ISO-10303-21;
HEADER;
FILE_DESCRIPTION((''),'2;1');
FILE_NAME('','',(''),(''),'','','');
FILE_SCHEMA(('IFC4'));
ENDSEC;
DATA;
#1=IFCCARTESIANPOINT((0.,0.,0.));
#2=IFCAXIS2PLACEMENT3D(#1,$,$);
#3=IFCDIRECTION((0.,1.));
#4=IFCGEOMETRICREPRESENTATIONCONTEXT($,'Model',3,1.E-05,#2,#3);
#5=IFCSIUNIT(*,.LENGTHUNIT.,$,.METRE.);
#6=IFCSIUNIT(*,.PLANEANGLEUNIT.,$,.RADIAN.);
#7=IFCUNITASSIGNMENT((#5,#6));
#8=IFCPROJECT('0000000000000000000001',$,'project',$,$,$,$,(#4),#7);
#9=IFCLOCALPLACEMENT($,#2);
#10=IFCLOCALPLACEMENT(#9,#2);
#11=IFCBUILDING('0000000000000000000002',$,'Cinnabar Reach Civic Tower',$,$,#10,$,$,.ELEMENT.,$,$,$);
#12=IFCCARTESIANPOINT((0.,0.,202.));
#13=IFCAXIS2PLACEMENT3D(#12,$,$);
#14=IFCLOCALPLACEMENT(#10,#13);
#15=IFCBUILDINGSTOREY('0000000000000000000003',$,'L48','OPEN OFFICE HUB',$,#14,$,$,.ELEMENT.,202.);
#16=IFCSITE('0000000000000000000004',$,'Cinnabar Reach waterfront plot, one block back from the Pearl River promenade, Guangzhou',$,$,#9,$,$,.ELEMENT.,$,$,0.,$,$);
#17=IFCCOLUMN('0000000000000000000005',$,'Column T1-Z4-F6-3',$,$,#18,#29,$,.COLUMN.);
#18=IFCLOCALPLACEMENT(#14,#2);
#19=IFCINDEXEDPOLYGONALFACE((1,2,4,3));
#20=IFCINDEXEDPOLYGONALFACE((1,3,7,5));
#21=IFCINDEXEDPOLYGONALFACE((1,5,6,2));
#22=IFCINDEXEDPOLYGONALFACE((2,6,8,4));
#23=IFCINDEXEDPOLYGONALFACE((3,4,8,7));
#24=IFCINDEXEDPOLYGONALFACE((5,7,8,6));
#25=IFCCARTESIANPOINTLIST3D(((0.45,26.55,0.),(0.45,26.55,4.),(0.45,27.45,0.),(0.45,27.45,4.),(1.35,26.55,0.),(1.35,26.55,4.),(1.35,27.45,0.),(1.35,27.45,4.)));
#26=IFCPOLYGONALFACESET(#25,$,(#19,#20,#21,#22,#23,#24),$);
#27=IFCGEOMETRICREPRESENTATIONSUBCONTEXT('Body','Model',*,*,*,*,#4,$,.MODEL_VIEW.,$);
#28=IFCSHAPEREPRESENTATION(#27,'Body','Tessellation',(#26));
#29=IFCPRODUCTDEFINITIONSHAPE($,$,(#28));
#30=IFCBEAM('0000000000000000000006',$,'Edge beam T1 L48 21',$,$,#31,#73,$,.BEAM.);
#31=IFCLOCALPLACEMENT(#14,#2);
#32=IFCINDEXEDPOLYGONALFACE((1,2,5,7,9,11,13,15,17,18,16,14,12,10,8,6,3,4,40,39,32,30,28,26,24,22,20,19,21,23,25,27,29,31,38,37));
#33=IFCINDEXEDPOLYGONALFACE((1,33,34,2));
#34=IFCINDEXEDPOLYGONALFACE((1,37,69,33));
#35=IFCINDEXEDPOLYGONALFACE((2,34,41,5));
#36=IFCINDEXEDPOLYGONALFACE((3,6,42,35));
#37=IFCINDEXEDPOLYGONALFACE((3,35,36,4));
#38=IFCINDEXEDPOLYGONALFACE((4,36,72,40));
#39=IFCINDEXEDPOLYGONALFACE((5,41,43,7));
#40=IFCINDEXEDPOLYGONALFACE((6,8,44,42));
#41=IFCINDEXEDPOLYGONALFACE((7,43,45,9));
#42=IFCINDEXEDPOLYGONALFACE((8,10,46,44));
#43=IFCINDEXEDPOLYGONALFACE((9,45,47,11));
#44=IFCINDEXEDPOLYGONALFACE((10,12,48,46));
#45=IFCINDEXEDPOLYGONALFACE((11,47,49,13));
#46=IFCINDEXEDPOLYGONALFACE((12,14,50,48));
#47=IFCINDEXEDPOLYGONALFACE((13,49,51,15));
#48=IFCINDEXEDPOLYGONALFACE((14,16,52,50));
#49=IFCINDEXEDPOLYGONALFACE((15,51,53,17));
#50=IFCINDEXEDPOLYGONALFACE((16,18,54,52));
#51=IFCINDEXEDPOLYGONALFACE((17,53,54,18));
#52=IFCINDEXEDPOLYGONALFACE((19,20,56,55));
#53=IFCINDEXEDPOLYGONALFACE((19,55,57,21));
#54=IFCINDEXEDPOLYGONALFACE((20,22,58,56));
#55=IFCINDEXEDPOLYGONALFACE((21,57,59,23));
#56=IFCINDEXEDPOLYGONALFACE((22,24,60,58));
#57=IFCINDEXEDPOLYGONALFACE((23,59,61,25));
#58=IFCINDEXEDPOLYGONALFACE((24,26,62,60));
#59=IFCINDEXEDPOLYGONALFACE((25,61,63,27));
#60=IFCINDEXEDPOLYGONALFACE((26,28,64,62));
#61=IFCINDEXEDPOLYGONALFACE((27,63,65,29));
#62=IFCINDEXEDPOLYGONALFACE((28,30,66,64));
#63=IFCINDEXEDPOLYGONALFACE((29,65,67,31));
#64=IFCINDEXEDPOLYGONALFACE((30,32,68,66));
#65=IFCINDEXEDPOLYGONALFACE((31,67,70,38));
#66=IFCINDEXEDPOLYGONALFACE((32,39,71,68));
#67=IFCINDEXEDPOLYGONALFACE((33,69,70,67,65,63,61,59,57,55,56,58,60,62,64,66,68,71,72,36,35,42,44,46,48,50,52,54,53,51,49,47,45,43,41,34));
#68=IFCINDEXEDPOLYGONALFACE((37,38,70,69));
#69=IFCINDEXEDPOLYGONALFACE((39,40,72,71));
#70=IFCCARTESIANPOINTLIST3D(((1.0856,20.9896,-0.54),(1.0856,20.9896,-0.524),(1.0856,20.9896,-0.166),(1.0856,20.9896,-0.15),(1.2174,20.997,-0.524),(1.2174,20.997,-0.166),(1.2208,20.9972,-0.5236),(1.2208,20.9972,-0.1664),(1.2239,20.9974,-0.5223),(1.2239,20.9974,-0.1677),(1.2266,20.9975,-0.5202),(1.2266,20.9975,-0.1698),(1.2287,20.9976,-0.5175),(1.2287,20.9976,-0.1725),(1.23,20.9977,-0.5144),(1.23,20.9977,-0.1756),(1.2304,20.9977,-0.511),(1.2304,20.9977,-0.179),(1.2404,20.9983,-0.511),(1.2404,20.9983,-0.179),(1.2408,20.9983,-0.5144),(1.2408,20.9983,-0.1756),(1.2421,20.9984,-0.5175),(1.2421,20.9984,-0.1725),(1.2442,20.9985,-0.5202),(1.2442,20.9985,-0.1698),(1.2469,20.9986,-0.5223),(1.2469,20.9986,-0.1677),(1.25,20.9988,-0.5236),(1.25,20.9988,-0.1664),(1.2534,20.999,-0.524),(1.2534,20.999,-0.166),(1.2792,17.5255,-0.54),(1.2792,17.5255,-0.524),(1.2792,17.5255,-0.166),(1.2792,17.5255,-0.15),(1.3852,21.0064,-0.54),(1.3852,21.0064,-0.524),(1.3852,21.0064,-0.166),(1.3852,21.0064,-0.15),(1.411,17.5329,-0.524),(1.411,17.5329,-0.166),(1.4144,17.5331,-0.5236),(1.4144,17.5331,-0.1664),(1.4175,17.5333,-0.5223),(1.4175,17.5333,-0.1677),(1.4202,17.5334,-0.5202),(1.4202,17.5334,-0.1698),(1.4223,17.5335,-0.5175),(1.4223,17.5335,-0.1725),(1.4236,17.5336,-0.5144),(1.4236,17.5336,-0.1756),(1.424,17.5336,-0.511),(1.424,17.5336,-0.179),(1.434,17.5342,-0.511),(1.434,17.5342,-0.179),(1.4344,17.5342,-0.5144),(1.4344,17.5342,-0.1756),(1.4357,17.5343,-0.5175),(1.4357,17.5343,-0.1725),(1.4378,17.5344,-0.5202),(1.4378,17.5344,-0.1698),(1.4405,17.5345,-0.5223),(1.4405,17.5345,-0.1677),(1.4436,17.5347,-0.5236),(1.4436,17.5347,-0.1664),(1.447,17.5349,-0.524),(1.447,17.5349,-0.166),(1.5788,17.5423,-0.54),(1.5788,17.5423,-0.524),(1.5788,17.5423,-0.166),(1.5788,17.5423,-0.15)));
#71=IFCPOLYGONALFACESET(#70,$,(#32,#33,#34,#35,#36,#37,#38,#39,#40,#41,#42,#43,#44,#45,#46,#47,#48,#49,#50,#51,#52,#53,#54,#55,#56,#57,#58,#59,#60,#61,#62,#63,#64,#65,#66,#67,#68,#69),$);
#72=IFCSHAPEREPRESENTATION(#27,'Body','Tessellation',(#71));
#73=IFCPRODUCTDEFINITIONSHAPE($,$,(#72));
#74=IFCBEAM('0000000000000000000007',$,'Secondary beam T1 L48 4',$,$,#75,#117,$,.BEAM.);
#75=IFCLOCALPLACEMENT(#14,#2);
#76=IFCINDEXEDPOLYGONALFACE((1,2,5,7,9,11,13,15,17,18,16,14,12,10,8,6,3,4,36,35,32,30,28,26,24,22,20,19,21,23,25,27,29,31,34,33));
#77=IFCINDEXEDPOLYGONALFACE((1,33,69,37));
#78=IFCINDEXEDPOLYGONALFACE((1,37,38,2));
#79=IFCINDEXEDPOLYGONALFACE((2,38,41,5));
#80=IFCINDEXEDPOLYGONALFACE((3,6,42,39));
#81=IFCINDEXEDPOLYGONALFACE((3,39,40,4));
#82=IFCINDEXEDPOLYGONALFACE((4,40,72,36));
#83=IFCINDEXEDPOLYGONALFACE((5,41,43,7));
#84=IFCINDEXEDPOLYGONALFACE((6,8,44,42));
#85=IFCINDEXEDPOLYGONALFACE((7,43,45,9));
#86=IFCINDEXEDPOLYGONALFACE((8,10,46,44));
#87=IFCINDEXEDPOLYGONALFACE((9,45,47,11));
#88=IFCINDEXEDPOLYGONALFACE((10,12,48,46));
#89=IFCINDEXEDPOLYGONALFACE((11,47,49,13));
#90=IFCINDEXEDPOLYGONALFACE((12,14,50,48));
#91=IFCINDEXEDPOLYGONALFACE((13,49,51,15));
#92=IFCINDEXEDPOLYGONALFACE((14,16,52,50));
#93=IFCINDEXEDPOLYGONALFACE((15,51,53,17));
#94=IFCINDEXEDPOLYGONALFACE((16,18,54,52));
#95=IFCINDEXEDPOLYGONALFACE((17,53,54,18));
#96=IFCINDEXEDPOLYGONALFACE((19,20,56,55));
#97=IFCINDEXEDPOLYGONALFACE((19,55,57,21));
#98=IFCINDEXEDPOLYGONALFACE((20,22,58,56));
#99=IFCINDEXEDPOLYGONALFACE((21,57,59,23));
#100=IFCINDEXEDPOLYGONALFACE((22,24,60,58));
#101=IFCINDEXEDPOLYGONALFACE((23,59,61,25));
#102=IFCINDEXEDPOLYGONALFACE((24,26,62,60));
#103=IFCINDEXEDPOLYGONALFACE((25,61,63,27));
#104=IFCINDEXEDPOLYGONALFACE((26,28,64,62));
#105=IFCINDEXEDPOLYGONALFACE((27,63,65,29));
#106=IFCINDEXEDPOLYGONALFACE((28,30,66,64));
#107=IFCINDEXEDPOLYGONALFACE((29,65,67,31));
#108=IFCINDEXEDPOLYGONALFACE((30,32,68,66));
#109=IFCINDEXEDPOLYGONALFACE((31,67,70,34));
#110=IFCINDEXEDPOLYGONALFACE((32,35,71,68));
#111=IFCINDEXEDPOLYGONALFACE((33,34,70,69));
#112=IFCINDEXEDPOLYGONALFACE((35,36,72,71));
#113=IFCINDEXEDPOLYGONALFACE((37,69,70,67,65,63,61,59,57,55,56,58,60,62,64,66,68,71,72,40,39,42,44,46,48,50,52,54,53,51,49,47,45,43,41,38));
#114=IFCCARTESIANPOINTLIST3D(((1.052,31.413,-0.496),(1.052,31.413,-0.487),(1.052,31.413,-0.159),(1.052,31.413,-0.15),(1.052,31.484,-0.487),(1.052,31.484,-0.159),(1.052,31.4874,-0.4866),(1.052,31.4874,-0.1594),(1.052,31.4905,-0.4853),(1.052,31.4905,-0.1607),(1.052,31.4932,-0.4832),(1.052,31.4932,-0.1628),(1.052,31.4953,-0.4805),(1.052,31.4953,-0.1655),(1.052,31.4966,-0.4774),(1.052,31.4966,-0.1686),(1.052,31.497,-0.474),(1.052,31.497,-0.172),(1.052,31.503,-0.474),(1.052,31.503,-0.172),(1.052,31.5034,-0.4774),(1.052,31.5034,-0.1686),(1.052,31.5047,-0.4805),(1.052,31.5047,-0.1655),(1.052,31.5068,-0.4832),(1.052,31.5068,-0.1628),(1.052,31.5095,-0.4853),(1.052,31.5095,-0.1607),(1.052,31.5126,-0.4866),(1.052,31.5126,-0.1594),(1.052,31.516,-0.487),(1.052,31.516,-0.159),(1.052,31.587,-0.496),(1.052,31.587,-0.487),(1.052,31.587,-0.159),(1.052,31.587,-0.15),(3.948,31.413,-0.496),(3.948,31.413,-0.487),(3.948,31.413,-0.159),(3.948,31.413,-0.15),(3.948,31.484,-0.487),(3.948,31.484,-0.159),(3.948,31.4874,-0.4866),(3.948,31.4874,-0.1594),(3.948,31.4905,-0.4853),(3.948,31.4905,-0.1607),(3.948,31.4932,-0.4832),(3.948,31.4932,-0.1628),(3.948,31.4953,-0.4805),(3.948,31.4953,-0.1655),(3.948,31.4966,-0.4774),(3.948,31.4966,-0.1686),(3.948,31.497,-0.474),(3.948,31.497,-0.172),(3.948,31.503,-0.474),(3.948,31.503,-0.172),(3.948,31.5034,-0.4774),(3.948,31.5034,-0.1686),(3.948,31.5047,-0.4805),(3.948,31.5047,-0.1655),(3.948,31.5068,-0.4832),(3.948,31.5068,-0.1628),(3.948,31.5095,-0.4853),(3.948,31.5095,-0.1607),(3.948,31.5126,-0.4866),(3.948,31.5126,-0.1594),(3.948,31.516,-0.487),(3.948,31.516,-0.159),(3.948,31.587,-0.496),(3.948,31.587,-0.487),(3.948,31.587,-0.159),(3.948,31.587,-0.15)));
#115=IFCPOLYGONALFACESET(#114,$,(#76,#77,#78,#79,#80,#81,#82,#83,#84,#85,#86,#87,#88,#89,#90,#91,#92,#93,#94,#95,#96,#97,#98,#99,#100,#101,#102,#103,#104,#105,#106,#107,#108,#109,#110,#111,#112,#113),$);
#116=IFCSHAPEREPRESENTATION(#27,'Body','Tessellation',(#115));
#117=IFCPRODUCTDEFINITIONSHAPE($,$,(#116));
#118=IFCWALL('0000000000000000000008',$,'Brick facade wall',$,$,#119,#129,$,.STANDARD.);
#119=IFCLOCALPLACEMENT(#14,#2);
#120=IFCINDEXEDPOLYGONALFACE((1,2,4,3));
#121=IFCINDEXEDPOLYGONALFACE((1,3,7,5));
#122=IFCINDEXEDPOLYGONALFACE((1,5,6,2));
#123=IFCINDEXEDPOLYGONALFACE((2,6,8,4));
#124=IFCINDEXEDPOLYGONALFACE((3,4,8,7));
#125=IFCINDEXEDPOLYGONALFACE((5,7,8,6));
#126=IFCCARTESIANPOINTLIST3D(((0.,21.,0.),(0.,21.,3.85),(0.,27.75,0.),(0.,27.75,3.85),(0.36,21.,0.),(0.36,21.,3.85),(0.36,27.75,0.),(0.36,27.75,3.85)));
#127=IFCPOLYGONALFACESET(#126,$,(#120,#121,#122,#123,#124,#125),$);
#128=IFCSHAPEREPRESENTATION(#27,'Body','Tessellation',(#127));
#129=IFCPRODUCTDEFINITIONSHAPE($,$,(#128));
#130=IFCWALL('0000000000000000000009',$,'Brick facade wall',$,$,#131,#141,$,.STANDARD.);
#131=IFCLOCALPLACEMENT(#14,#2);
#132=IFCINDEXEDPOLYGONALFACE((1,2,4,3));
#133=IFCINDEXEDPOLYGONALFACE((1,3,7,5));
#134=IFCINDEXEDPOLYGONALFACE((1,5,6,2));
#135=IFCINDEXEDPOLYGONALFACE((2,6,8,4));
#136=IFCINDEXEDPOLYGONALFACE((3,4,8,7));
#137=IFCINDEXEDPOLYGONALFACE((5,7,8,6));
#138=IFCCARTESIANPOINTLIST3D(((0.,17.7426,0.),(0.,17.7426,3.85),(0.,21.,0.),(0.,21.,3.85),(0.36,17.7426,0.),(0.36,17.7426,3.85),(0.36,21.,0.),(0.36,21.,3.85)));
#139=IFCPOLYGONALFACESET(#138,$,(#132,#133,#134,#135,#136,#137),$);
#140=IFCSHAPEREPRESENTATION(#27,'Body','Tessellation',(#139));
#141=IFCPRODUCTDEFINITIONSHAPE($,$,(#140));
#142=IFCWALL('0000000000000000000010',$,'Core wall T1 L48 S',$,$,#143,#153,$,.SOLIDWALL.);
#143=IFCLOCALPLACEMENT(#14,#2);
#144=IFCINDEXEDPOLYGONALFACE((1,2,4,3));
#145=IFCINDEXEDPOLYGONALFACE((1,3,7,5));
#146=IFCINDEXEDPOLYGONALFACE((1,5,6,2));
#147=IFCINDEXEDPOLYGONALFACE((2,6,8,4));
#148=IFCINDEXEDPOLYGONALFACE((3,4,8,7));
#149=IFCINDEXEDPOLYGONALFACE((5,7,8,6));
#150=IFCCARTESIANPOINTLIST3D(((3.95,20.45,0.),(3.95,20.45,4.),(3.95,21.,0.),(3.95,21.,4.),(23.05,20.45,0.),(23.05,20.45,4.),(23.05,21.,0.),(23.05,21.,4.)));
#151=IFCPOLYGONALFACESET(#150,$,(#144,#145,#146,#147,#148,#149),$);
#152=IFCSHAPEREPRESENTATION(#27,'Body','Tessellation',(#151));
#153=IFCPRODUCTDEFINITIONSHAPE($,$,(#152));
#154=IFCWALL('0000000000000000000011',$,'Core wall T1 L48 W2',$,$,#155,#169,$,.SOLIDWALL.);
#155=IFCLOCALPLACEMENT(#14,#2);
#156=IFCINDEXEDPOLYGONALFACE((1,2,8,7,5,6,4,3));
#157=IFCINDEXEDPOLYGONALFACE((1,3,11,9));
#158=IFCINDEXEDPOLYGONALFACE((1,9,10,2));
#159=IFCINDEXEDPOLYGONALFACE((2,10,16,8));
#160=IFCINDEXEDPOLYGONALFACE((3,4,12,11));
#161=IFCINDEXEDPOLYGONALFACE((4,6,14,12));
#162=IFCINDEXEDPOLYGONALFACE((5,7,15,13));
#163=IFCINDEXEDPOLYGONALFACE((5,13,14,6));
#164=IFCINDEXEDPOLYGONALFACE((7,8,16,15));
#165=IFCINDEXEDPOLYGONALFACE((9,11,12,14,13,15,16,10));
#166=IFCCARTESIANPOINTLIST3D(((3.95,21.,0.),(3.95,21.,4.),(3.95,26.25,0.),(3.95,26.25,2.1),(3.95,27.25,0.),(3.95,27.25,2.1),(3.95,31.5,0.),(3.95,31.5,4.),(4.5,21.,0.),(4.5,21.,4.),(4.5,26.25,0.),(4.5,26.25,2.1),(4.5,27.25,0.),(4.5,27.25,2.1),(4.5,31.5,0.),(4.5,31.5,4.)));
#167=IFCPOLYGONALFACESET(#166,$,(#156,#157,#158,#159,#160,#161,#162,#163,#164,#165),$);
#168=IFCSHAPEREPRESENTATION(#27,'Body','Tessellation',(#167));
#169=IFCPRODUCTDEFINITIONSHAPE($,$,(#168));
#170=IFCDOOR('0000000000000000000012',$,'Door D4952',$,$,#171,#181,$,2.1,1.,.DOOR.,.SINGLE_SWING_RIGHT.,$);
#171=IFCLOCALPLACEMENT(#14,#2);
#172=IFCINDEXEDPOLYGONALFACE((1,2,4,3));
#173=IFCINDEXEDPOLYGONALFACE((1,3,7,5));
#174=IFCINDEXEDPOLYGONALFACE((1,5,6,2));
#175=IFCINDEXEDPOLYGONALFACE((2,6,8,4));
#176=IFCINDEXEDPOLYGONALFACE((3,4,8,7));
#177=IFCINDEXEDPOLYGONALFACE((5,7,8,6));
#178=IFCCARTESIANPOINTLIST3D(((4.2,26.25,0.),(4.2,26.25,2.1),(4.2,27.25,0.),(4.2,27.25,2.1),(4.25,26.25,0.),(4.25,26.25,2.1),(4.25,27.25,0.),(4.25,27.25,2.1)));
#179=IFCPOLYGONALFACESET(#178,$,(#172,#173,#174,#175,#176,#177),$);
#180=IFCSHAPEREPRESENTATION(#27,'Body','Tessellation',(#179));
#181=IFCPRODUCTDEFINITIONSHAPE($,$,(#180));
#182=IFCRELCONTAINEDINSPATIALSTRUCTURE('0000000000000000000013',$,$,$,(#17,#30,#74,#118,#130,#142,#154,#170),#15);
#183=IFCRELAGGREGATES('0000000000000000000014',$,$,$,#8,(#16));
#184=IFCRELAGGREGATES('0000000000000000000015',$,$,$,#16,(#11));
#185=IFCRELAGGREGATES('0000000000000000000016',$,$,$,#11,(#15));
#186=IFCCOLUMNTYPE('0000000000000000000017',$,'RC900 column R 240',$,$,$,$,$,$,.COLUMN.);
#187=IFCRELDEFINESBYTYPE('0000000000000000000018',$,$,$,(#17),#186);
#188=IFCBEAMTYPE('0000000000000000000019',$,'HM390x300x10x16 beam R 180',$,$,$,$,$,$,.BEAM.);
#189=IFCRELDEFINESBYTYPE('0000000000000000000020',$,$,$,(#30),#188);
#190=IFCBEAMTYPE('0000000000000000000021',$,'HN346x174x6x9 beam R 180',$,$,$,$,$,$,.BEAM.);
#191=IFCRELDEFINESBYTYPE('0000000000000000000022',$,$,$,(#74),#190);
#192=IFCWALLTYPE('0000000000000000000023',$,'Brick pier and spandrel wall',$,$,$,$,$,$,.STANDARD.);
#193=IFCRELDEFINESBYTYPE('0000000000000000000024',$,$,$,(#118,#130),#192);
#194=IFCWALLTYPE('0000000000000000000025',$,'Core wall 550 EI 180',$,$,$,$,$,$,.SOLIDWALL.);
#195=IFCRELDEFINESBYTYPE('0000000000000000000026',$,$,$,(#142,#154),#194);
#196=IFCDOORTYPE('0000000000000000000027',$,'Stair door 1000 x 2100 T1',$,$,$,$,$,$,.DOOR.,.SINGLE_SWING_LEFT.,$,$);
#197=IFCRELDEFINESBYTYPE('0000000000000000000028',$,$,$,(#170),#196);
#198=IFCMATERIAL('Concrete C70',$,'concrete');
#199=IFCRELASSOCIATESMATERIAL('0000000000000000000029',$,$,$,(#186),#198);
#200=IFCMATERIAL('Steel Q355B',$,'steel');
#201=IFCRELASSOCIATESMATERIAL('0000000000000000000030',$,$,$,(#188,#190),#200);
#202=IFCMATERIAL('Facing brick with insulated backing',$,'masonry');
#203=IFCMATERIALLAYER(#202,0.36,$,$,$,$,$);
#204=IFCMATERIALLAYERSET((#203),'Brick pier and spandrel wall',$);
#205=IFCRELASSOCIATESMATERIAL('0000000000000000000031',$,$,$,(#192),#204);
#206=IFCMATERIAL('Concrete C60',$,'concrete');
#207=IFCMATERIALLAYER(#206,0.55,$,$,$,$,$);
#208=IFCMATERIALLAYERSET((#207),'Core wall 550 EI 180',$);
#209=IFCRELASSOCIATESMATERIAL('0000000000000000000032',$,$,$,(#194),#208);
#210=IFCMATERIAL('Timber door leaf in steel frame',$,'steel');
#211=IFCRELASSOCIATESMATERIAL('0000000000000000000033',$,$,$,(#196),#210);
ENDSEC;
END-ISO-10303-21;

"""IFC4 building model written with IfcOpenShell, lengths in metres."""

from ifc_helpers import new_model, si_unit, direction, frame, frame_2d, origin, origin_2d, place, context, subcontext, project, spatial, rectangle, i_section, extrude, material, layer, layer_set, material_profile, profile_set, type_object, element, fill, save


model = new_model("IFC4")

# Units and contexts
model_context = context("Model", 3, precision=1e-05, world=origin(), true_north=direction((0.0, 1.0)))
body_context = subcontext(model_context, "Body", "Model", "MODEL_VIEW")
ifc_project = project(units=[si_unit("LENGTHUNIT", "METRE"), si_unit("PLANEANGLEUNIT", "RADIAN")], contexts=[model_context])

# Site, building, storey
site_placement = place(None, origin())
site = spatial("IfcSite", under=ifc_project, at=site_placement, Name="Cinnabar Reach waterfront plot, one block back from the Pearl River promenade, Guangzhou", CompositionType="ELEMENT", RefElevation=0.0)
building_placement = place(site_placement, origin())
building = spatial("IfcBuilding", under=site, at=building_placement, Name="Cinnabar Reach Civic Tower", CompositionType="ELEMENT")
storey_placement = place(building_placement, frame((0.0, 0.0, 202.0)))
storey = spatial("IfcBuildingStorey", under=building, at=storey_placement, Name="L48", Description="OPEN OFFICE HUB", CompositionType="ELEMENT", Elevation=202.0)

# Column
ifc_material_1 = material(Name="Concrete C70", Category="concrete")
ifc_material_profile_1 = material_profile(ifc_material_1, rectangle(XDim=0.9, YDim=0.9, at=origin_2d()), Name="RC900")
ifc_profile_set_1 = profile_set([ifc_material_profile_1], Name="Concrete C70")
column_type = type_object("IfcColumnType", Name="RC900 column R 240", PredefinedType="COLUMN", material=ifc_profile_set_1)
column_placement = place(storey_placement, frame((0.9, 27.0, 0.0), z_axis=(0.0, 0.0, 1.0), x_axis=(1.0, 0.0, 0.0)))
element("IfcColumn", 1, at=column_placement, inside=storey, type_object=column_type, Name="Column T1-Z4-F6-3", PredefinedType="COLUMN", context=body_context, shape_type="SweptSolid", body=[
    extrude(rectangle(XDim=0.9, YDim=0.9, at=origin_2d()), origin(), (0.0, 0.0, 1.0), 4.0),
])

# Beams
ifc_material_2 = material(Name="Steel Q355B", Category="steel")
ifc_material_profile_2 = material_profile(ifc_material_2, i_section(OverallWidth=0.3, OverallDepth=0.39, WebThickness=0.01, FlangeThickness=0.016, FilletRadius=0.013, at=origin_2d()), Name="HM390x300x10x16")
ifc_profile_set_2 = profile_set([ifc_material_profile_2], Name="Steel Q355B")
beam_type_1 = type_object("IfcBeamType", Name="HM390x300x10x16 beam R 180", PredefinedType="BEAM", material=ifc_profile_set_2)
beam_1_placement = place(storey_placement, frame((1.2354, 20.998, -0.345), z_axis=(0.0558, -0.998442, 0.0), x_axis=(0.998442, 0.0558, 0.0)))
element("IfcBeam", 2, at=beam_1_placement, inside=storey, type_object=beam_type_1, Name="Edge beam T1 L48 21", PredefinedType="BEAM", context=body_context, shape_type="SweptSolid", body=[
    extrude(i_section(OverallWidth=0.3, OverallDepth=0.39, WebThickness=0.01, FlangeThickness=0.016, FilletRadius=0.013, at=origin_2d()), origin(), (0.0, 0.0, 1.0), 3.4695),
])
ifc_material_profile_3 = material_profile(ifc_material_2, i_section(OverallWidth=0.174, OverallDepth=0.346, WebThickness=0.006, FlangeThickness=0.009, FilletRadius=0.013, at=origin_2d()), Name="HN346x174x6x9")
ifc_profile_set_3 = profile_set([ifc_material_profile_3], Name="Steel Q355B")
beam_type_2 = type_object("IfcBeamType", Name="HN346x174x6x9 beam R 180", PredefinedType="BEAM", material=ifc_profile_set_3)
beam_2_placement = place(storey_placement, frame((1.052, 31.5, -0.323), z_axis=(1.0, 0.0, 0.0), x_axis=(0.0, 1.0, 0.0)))
element("IfcBeam", 3, at=beam_2_placement, inside=storey, type_object=beam_type_2, Name="Secondary beam T1 L48 4", PredefinedType="BEAM", context=body_context, shape_type="SweptSolid", body=[
    extrude(i_section(OverallWidth=0.174, OverallDepth=0.346, WebThickness=0.006, FlangeThickness=0.009, FilletRadius=0.013, at=origin_2d()), origin(), (0.0, 0.0, 1.0), 2.896),
])

# Walls
ifc_material_3 = material(Name="Facing brick with insulated backing", Category="masonry")
ifc_layer_1 = layer(ifc_material_3, 0.36)
ifc_layer_set_1 = layer_set([ifc_layer_1], Name="Brick pier and spandrel wall")
wall_type_1 = type_object("IfcWallType", Name="Brick pier and spandrel wall", PredefinedType="STANDARD", material=ifc_layer_set_1)
wall_1_placement = place(storey_placement, frame((0.18, 27.75, 0.0), z_axis=(0.0, 0.0, 1.0), x_axis=(0.0, -1.0, 0.0)))
element("IfcWall", 4, at=wall_1_placement, inside=storey, type_object=wall_type_1, Name="Brick facade wall", PredefinedType="STANDARD", context=body_context, shape_type="SweptSolid", body=[
    extrude(rectangle(XDim=6.75, YDim=0.36, at=frame_2d((3.375, 0.0))), origin(), (0.0, 0.0, 1.0), 3.85),
])
wall_2_placement = place(storey_placement, frame((0.18, 21.0, 0.0), z_axis=(0.0, 0.0, 1.0), x_axis=(0.0, -1.0, 0.0)))
element("IfcWall", 5, at=wall_2_placement, inside=storey, type_object=wall_type_1, Name="Brick facade wall", PredefinedType="STANDARD", context=body_context, shape_type="SweptSolid", body=[
    extrude(rectangle(XDim=3.2574, YDim=0.36, at=frame_2d((1.6287, 0.0))), origin(), (0.0, 0.0, 1.0), 3.85),
])
ifc_material_4 = material(Name="Concrete C60", Category="concrete")
ifc_layer_2 = layer(ifc_material_4, 0.55)
ifc_layer_set_2 = layer_set([ifc_layer_2], Name="Core wall 550 EI 180")
wall_type_2 = type_object("IfcWallType", Name="Core wall 550 EI 180", PredefinedType="SOLIDWALL", material=ifc_layer_set_2)
wall_3_placement = place(storey_placement, frame((3.95, 20.725, 0.0), z_axis=(0.0, 0.0, 1.0), x_axis=(1.0, 0.0, 0.0)))
element("IfcWall", 6, at=wall_3_placement, inside=storey, type_object=wall_type_2, Name="Core wall T1 L48 S", PredefinedType="SOLIDWALL", context=body_context, shape_type="SweptSolid", body=[
    extrude(rectangle(XDim=19.1, YDim=0.55, at=frame_2d((9.55, 0.0))), origin(), (0.0, 0.0, 1.0), 4.0),
])

# Wall, opening, door
wall_4_placement = place(storey_placement, frame((4.225, 31.5, 0.0), z_axis=(0.0, 0.0, 1.0), x_axis=(0.0, -1.0, 0.0)))
wall_4 = element("IfcWall", 7, at=wall_4_placement, inside=storey, type_object=wall_type_2, Name="Core wall T1 L48 W2", PredefinedType="SOLIDWALL", context=body_context, shape_type="SweptSolid", body=[
    extrude(rectangle(XDim=10.5, YDim=0.55, at=frame_2d((5.25, 0.0))), origin(), (0.0, 0.0, 1.0), 4.0),
])
opening_1_placement = place(wall_4_placement, frame((4.25, 0.0, 0.0)))
opening_1 = element("IfcOpeningElement", 8, at=opening_1_placement, cuts=wall_4, PredefinedType="OPENING", context=body_context, shape_type="SweptSolid", body=[
    extrude(rectangle(XDim=1.0, YDim=2.1, at=frame_2d((0.5, 1.05))), frame((0.0, 0.285, 0.0), z_axis=(0.0, -1.0, 0.0), x_axis=(1.0, 0.0, 0.0)), (0.0, 0.0, 1.0), 0.57),
])
ifc_material_5 = material(Name="Timber door leaf in steel frame", Category="steel")
door_type_1 = type_object("IfcDoorType", Name="Stair door 1000 x 2100 T1", OperationType="SINGLE_SWING_LEFT", PredefinedType="DOOR", material=ifc_material_5)
door_1_placement = place(opening_1_placement, frame((1.0, 0.0, 0.0), z_axis=(0.0, 0.0, 1.0), x_axis=(-1.0, 0.0, 0.0)))
door_1 = element("IfcDoor", 9, at=door_1_placement, inside=storey, type_object=door_type_1, Name="Door D4952", OperationType="SINGLE_SWING_RIGHT", OverallHeight=2.1, OverallWidth=1.0, PredefinedType="DOOR", context=body_context, shape_type="SweptSolid", body=[
    extrude(rectangle(XDim=1.0, YDim=2.1, at=frame_2d((0.5, 1.05))), frame((0.0, 0.025, 0.0), z_axis=(0.0, -1.0, 0.0), x_axis=(1.0, 0.0, 0.0)), (0.0, 0.0, 1.0), 0.05),
])
fill(opening_1, door_1)

save(model, "model.ifc")
